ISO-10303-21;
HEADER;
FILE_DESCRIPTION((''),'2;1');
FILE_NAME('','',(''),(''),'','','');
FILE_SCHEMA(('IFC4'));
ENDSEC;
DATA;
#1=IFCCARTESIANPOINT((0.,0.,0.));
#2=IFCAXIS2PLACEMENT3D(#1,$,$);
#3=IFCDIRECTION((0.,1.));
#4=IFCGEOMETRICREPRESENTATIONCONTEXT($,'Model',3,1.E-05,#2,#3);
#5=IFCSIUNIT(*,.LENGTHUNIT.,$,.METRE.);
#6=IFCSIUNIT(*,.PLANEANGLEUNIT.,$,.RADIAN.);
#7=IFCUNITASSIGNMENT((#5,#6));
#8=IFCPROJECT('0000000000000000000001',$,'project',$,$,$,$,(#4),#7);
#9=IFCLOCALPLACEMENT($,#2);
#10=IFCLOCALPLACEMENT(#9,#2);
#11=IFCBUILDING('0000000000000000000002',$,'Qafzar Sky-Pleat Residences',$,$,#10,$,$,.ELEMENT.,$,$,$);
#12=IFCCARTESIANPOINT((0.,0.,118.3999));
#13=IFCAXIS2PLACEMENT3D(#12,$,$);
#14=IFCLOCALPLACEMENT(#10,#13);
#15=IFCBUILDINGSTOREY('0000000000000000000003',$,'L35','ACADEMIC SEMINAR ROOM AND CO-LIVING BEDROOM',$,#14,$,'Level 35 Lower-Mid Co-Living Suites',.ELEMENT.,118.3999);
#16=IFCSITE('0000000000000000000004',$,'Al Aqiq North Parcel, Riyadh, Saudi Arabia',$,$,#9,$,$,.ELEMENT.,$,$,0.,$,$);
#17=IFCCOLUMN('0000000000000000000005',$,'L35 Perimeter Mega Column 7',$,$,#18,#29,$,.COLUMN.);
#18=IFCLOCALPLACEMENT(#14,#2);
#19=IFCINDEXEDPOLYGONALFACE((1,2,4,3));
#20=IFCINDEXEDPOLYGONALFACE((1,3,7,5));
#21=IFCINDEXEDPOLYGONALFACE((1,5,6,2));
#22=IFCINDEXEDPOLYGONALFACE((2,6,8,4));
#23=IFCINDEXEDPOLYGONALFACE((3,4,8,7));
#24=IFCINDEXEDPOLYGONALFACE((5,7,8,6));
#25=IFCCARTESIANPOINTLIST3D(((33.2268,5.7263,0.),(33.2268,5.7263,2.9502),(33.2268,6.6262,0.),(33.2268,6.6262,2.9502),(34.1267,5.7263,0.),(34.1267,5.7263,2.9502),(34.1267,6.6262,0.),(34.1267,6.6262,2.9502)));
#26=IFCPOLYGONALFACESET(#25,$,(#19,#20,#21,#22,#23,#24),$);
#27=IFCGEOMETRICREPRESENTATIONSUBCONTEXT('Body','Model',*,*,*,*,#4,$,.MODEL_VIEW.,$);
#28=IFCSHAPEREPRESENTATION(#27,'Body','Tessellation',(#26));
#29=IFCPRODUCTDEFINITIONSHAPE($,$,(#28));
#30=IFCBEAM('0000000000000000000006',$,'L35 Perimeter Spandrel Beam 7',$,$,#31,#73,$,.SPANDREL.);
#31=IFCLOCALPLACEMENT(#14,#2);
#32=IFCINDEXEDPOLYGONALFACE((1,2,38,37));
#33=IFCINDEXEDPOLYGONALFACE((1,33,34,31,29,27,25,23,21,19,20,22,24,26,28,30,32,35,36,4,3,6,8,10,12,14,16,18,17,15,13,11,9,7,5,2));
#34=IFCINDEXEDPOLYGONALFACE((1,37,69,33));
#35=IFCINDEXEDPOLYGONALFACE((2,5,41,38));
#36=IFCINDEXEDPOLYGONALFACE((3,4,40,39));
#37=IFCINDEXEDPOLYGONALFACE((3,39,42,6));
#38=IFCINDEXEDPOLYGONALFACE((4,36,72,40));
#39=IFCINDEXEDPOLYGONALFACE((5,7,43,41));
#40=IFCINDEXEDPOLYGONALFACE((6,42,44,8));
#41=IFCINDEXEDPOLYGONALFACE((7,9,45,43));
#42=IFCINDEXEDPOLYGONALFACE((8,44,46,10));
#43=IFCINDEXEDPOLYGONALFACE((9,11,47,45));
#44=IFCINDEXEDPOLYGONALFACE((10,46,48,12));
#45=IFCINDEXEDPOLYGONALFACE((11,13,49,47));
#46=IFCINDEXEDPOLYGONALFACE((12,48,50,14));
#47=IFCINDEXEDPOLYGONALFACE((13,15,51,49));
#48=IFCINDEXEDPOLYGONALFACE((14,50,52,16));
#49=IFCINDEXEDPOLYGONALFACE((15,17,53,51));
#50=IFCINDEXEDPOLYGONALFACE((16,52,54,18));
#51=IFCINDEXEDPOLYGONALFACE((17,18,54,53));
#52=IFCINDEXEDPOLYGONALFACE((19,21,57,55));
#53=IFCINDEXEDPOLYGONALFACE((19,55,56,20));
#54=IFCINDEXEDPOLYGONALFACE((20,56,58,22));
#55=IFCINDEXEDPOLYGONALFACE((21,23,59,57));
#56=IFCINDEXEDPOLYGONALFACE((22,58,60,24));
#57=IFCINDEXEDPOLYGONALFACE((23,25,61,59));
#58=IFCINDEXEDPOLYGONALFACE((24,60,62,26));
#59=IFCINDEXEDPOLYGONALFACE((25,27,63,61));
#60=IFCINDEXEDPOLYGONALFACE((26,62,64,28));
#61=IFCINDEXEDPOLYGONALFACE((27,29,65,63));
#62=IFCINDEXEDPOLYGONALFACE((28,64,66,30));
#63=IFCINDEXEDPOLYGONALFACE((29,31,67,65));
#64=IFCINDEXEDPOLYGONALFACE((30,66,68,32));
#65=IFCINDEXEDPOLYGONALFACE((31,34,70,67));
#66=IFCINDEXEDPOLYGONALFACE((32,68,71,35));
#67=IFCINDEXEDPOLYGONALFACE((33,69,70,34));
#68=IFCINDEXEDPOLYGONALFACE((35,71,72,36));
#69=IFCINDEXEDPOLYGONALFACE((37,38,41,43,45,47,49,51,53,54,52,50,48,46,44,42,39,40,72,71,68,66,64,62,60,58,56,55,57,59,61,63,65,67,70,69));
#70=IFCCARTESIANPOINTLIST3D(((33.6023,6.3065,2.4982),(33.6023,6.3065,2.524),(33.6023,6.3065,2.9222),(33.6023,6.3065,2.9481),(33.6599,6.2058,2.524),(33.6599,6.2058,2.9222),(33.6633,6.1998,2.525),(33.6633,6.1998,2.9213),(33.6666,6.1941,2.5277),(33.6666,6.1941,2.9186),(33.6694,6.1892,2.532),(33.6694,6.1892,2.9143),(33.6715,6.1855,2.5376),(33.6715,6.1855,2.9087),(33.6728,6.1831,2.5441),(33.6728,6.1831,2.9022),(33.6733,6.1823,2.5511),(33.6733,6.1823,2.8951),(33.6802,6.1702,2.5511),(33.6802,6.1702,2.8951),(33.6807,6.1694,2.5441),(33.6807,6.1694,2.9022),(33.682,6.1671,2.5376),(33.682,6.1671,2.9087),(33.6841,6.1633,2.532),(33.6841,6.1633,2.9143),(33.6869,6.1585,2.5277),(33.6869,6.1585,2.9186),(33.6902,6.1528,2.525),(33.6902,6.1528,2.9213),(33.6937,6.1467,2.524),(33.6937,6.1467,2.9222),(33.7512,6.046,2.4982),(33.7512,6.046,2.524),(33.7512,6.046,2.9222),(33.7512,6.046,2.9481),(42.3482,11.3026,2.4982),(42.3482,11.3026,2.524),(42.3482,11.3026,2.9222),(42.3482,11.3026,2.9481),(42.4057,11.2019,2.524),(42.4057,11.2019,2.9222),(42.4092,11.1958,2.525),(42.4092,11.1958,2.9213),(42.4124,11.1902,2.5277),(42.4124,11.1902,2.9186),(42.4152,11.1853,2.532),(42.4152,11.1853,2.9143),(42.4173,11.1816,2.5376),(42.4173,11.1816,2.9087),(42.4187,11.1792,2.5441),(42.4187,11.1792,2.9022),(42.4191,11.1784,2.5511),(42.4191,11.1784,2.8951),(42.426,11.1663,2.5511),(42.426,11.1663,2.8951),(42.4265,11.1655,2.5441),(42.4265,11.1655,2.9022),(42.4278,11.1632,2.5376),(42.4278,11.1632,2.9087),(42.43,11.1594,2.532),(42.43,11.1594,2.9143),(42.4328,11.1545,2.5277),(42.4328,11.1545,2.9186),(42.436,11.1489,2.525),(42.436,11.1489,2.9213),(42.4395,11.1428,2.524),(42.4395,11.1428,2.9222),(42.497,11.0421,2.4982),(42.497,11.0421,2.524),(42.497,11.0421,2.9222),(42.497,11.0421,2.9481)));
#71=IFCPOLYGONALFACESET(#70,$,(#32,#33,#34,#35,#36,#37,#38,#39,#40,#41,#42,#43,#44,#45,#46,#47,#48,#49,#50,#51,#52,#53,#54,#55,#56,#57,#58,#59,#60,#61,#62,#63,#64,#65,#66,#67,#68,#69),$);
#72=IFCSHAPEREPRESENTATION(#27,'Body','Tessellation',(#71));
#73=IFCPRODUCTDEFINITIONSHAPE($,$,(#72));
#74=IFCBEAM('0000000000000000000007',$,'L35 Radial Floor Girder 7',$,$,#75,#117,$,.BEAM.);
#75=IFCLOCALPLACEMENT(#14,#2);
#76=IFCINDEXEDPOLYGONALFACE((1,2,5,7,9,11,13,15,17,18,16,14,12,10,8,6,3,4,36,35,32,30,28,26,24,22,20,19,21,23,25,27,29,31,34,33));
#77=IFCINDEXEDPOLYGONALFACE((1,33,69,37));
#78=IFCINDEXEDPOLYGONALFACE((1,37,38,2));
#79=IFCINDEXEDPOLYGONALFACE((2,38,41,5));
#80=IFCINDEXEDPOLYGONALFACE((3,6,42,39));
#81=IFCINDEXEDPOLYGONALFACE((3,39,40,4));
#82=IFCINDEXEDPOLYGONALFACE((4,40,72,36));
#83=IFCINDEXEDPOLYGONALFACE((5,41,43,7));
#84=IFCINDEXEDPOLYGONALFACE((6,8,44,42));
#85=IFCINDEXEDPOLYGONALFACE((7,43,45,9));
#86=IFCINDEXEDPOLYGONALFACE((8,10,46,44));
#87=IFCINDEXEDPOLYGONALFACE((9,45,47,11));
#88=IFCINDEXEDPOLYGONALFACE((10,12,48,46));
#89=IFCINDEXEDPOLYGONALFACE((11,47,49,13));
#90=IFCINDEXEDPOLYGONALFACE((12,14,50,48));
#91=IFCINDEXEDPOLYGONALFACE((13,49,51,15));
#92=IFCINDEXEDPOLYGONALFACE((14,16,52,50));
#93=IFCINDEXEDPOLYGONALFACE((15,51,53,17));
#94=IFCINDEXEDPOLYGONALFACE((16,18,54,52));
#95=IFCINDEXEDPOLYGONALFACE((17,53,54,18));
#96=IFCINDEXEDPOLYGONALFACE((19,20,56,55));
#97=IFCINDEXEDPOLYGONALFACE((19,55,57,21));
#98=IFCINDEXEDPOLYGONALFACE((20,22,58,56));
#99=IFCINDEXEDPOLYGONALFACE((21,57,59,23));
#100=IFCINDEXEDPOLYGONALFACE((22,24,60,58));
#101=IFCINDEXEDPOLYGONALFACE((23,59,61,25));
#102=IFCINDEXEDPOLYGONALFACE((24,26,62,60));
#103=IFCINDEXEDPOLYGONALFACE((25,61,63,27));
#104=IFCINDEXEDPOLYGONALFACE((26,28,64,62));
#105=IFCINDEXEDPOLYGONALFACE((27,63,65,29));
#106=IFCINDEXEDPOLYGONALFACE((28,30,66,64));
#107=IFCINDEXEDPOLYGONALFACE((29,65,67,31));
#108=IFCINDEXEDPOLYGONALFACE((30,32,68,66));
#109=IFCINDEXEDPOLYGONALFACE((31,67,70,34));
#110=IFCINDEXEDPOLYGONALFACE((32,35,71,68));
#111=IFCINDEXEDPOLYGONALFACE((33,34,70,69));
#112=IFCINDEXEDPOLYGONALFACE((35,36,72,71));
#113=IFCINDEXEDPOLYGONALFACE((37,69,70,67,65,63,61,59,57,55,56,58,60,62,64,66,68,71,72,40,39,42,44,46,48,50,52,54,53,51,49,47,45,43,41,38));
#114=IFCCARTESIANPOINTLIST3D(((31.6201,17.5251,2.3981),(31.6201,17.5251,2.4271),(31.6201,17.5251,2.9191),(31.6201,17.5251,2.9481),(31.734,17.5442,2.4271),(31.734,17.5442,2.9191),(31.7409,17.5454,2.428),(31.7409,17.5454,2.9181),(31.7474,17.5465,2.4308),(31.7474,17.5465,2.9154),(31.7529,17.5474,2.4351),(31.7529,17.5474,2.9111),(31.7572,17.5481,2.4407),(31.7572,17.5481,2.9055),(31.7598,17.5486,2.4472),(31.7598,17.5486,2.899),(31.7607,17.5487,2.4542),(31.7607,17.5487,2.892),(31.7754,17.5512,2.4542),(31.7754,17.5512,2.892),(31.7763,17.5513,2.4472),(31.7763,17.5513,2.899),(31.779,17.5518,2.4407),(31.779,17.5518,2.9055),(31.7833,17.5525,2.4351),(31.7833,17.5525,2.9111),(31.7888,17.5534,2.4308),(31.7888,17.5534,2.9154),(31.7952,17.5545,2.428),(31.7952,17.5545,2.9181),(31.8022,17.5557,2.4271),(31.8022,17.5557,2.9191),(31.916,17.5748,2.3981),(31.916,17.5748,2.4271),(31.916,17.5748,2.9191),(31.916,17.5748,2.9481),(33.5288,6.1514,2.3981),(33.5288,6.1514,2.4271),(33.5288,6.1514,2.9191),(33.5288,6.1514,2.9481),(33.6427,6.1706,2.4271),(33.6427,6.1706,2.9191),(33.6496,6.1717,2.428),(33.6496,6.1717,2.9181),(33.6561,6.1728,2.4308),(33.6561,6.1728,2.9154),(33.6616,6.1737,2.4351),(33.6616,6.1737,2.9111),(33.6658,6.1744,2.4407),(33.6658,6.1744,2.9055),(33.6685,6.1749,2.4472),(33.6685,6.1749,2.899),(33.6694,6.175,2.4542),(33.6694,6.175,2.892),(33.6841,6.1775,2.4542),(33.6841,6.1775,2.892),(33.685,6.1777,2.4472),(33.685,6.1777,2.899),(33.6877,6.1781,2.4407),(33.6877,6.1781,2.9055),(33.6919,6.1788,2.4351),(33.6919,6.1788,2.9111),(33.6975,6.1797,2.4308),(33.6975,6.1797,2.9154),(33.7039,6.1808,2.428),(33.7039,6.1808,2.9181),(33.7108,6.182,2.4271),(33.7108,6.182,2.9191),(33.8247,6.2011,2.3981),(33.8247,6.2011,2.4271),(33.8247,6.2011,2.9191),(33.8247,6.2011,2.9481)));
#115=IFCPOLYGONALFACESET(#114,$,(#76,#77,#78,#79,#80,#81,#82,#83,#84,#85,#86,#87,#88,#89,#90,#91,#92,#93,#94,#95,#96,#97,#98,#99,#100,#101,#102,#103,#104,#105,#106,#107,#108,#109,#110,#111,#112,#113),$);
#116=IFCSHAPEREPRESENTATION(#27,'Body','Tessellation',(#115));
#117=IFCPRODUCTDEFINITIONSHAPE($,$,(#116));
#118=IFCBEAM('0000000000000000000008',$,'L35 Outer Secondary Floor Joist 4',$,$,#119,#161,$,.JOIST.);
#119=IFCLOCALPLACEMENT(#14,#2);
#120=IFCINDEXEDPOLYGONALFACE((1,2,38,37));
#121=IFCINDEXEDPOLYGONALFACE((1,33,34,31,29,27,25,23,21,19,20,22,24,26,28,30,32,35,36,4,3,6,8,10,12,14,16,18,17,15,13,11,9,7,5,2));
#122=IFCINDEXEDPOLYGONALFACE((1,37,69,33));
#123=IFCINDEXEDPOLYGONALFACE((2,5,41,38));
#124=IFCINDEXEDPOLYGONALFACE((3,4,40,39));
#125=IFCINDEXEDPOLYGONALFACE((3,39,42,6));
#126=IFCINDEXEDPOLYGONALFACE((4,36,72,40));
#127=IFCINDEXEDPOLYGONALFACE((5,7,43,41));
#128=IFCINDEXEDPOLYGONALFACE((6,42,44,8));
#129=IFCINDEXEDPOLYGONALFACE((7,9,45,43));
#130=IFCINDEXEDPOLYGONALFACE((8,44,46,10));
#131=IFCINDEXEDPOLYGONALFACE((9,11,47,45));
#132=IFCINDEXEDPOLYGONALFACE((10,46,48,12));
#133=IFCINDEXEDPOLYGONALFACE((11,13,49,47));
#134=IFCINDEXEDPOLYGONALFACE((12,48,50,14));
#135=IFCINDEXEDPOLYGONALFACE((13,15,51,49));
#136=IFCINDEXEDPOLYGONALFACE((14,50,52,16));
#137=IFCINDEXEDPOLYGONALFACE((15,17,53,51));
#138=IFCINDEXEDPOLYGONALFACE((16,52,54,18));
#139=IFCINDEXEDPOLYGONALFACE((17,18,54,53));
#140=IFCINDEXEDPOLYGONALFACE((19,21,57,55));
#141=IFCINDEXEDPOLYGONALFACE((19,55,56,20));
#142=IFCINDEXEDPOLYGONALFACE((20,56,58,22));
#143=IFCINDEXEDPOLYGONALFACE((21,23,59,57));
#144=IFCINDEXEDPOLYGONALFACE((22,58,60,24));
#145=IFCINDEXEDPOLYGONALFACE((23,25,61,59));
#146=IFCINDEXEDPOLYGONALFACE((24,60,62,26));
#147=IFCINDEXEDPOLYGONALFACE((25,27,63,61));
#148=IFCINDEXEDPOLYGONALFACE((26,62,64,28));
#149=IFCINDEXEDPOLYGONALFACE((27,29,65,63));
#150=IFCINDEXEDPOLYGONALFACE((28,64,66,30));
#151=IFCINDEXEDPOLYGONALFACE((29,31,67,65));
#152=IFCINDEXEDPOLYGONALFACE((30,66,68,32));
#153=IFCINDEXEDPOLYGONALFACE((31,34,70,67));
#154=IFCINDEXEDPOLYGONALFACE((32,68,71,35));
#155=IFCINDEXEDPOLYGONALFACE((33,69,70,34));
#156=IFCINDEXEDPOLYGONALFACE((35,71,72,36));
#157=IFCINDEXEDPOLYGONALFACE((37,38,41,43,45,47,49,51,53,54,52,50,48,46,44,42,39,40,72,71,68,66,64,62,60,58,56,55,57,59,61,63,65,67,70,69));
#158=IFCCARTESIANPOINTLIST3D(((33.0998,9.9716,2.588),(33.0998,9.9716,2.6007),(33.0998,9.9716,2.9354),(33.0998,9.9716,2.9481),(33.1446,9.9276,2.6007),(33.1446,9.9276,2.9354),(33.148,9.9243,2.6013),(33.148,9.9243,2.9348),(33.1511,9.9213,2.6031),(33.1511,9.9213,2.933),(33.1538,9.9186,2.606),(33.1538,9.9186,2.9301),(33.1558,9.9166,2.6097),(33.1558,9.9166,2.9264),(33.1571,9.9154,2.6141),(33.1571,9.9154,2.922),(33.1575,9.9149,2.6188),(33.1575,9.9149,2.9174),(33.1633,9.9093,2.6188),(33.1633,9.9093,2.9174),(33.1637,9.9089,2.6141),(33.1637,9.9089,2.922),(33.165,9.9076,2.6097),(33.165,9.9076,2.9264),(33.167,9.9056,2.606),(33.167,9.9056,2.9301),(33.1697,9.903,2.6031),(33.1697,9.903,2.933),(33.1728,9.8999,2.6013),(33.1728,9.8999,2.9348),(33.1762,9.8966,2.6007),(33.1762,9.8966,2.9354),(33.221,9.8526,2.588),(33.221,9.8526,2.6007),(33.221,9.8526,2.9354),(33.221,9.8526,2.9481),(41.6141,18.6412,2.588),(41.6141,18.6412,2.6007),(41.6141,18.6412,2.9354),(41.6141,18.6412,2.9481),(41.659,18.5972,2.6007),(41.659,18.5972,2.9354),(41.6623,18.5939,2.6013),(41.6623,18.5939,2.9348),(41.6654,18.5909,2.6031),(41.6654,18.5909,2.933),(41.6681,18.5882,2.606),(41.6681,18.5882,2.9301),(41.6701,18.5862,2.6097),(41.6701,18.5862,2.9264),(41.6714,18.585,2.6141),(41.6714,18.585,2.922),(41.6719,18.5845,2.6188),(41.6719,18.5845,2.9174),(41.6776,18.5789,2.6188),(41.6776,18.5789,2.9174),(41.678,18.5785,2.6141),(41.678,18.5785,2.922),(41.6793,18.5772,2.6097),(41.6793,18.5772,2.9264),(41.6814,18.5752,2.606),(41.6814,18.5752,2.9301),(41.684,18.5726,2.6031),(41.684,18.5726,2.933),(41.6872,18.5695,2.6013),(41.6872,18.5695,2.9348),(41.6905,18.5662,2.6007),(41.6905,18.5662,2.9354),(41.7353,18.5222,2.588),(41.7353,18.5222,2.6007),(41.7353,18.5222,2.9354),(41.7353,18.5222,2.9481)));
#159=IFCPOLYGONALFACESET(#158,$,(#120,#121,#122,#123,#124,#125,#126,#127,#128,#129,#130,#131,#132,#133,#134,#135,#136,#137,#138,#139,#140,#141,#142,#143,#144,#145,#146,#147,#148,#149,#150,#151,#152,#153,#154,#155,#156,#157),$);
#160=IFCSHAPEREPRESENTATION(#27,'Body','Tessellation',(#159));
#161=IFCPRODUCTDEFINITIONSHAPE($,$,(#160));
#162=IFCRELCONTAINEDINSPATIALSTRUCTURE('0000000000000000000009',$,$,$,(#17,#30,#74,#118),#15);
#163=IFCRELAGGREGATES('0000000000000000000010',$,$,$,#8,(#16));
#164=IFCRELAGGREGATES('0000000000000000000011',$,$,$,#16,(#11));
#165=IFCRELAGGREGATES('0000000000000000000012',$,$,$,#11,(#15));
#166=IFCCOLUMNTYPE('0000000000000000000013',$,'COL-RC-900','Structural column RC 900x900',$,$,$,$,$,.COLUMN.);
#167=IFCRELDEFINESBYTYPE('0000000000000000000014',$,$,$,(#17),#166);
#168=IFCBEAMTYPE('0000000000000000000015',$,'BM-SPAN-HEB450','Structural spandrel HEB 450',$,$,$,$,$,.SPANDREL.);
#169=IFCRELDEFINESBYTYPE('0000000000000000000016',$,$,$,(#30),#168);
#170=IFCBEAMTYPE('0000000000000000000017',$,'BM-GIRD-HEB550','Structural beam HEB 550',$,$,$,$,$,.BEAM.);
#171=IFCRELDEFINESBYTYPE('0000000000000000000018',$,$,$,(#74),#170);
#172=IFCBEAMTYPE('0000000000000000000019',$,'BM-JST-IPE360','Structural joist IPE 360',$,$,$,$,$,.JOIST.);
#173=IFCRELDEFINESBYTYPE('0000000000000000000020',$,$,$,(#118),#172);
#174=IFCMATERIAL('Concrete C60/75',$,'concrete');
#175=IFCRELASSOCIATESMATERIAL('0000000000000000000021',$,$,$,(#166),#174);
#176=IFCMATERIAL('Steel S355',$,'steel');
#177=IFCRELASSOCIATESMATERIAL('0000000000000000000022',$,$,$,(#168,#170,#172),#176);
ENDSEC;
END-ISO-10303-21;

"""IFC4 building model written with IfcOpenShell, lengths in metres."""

from ifc_helpers import new_model, si_unit, direction, frame, origin, origin_2d, place, context, subcontext, project, spatial, rectangle, i_section, extrude, source, transform, mapped, material, material_profile, profile_set, type_object, element, save


model = new_model("IFC4")

# Units and contexts
model_context = context("Model", 3, precision=1e-05, world=origin(), true_north=direction((0.0, 1.0)))
body_context = subcontext(model_context, "Body", "Model", "MODEL_VIEW")
ifc_project = project(units=[si_unit("LENGTHUNIT", "METRE"), si_unit("PLANEANGLEUNIT", "RADIAN")], contexts=[model_context])

# Site, building, storey
site_placement = place(None, origin())
site = spatial("IfcSite", under=ifc_project, at=site_placement, Name="Al Aqiq North Parcel, Riyadh, Saudi Arabia", CompositionType="ELEMENT", RefElevation=0.0)
building_placement = place(site_placement, origin())
building = spatial("IfcBuilding", under=site, at=building_placement, Name="Qafzar Sky-Pleat Residences", CompositionType="ELEMENT")
storey_placement = place(building_placement, frame((0.0, 0.0, 118.3999)))
storey = spatial("IfcBuildingStorey", under=building, at=storey_placement, Name="L35", Description="ACADEMIC SEMINAR ROOM AND CO-LIVING BEDROOM", LongName="Level 35 Lower-Mid Co-Living Suites", CompositionType="ELEMENT", Elevation=118.3999)

# Column
ifc_material_1 = material(Name="Concrete C60/75", Category="concrete")
ifc_material_profile_1 = material_profile(ifc_material_1, rectangle(XDim=0.8999, YDim=0.8999, at=origin_2d()), Name="RC 900x900")
ifc_profile_set_1 = profile_set([ifc_material_profile_1], Name="Concrete C60/75")
column_type = type_object("IfcColumnType", Name="COL-RC-900", Description="Structural column RC 900x900", PredefinedType="COLUMN", material=ifc_profile_set_1)
shared_shape_1 = source(origin(), body_context, "Body", "SweptSolid", [
    extrude(rectangle(XDim=0.8999, YDim=0.8999, at=origin_2d()), origin(), (0.0, 0.0, 1.0), 2.9502),
])
column_placement = place(storey_placement, frame((33.6768, 6.1763, 0.0), z_axis=(0.0, 0.0, 1.0), x_axis=(1.0, 0.0, 0.0)))
element("IfcColumn", 1, at=column_placement, inside=storey, type_object=column_type, Name="L35 Perimeter Mega Column 7", PredefinedType="COLUMN", context=body_context, shape_type="MappedRepresentation", body=[
    mapped(shared_shape_1, transform((0.0, 0.0, 0.0), x_axis=(1.0, 0.0, 0.0), y_axis=(0.0, 1.0, 0.0), z_axis=(0.0, 0.0, 1.0), scale=1.0)),
])

# Beams
ifc_material_2 = material(Name="Steel S355", Category="steel")
ifc_material_profile_2 = material_profile(ifc_material_2, i_section(OverallWidth=0.3, OverallDepth=0.45, WebThickness=0.0139, FlangeThickness=0.0259, FilletRadius=0.0271, at=origin_2d()), Name="HEB 450")
ifc_profile_set_2 = profile_set([ifc_material_profile_2], Name="Steel S355")
beam_type_1 = type_object("IfcBeamType", Name="BM-SPAN-HEB450", Description="Structural spandrel HEB 450", PredefinedType="SPANDREL", material=ifc_profile_set_2)
shared_shape_2 = source(origin(), body_context, "Body", "SweptSolid", [
    extrude(i_section(OverallWidth=0.3, OverallDepth=0.45, WebThickness=0.0139, FlangeThickness=0.0259, FilletRadius=0.0271, at=origin_2d()), origin(), (0.0, 0.0, 1.0), 10.0723),
])
beam_1_placement = place(storey_placement, frame((33.6768, 6.1763, 2.7231), z_axis=(0.868309, 0.496024, 0.0), x_axis=(-0.496024, 0.868309, 0.0)))
element("IfcBeam", 2, at=beam_1_placement, inside=storey, type_object=beam_type_1, Name="L35 Perimeter Spandrel Beam 7", PredefinedType="SPANDREL", context=body_context, shape_type="MappedRepresentation", body=[
    mapped(shared_shape_2, transform((0.0, 0.0, 0.0), x_axis=(1.0, 0.0, 0.0), y_axis=(0.0, 1.0, 0.0), z_axis=(0.0, 0.0, 1.0), scale=1.0)),
])
ifc_material_profile_3 = material_profile(ifc_material_2, i_section(OverallWidth=0.3, OverallDepth=0.55, WebThickness=0.0149, FlangeThickness=0.0291, FilletRadius=0.0271, at=origin_2d()), Name="HEB 550")
ifc_profile_set_3 = profile_set([ifc_material_profile_3], Name="Steel S355")
beam_type_2 = type_object("IfcBeamType", Name="BM-GIRD-HEB550", Description="Structural beam HEB 550", PredefinedType="BEAM", material=ifc_profile_set_3)
shared_shape_3 = source(origin(), body_context, "Body", "SweptSolid", [
    extrude(i_section(OverallWidth=0.3, OverallDepth=0.55, WebThickness=0.0149, FlangeThickness=0.0291, FilletRadius=0.0271, at=origin_2d()), origin(), (0.0, 0.0, 1.0), 11.5327),
])
beam_2_placement = place(storey_placement, frame((33.6768, 6.1763, 2.6731), z_axis=(-0.165501, 0.98621, 0.0), x_axis=(-0.98621, -0.165501, 0.0)))
element("IfcBeam", 3, at=beam_2_placement, inside=storey, type_object=beam_type_2, Name="L35 Radial Floor Girder 7", PredefinedType="BEAM", context=body_context, shape_type="MappedRepresentation", body=[
    mapped(shared_shape_3, transform((0.0, 0.0, 0.0), x_axis=(1.0, 0.0, 0.0), y_axis=(0.0, 1.0, 0.0), z_axis=(0.0, 0.0, 1.0), scale=1.0)),
])
ifc_material_profile_4 = material_profile(ifc_material_2, i_section(OverallWidth=0.1699, OverallDepth=0.3601, WebThickness=0.0081, FlangeThickness=0.0127, FilletRadius=0.0181, at=origin_2d()), Name="IPE 360")
ifc_profile_set_4 = profile_set([ifc_material_profile_4], Name="Steel S355")
beam_type_3 = type_object("IfcBeamType", Name="BM-JST-IPE360", Description="Structural joist IPE 360", PredefinedType="JOIST", material=ifc_profile_set_4)
shared_shape_4 = source(origin(), body_context, "Body", "SweptSolid", [
    extrude(i_section(OverallWidth=0.1699, OverallDepth=0.3601, WebThickness=0.0081, FlangeThickness=0.0127, FilletRadius=0.0181, at=origin_2d()), origin(), (0.0, 0.0, 1.0), 12.1514),
])
beam_3_placement = place(storey_placement, frame((33.1604, 9.9121, 2.7681), z_axis=(0.700689, 0.713467, 0.0), x_axis=(-0.713467, 0.700689, 0.0)))
element("IfcBeam", 4, at=beam_3_placement, inside=storey, type_object=beam_type_3, Name="L35 Outer Secondary Floor Joist 4", PredefinedType="JOIST", context=body_context, shape_type="MappedRepresentation", body=[
    mapped(shared_shape_4, transform((0.0, 0.0, 0.0), x_axis=(1.0, 0.0, 0.0), y_axis=(0.0, 1.0, 0.0), z_axis=(0.0, 0.0, 1.0), scale=1.0)),
])

save(model, "model.ifc")
